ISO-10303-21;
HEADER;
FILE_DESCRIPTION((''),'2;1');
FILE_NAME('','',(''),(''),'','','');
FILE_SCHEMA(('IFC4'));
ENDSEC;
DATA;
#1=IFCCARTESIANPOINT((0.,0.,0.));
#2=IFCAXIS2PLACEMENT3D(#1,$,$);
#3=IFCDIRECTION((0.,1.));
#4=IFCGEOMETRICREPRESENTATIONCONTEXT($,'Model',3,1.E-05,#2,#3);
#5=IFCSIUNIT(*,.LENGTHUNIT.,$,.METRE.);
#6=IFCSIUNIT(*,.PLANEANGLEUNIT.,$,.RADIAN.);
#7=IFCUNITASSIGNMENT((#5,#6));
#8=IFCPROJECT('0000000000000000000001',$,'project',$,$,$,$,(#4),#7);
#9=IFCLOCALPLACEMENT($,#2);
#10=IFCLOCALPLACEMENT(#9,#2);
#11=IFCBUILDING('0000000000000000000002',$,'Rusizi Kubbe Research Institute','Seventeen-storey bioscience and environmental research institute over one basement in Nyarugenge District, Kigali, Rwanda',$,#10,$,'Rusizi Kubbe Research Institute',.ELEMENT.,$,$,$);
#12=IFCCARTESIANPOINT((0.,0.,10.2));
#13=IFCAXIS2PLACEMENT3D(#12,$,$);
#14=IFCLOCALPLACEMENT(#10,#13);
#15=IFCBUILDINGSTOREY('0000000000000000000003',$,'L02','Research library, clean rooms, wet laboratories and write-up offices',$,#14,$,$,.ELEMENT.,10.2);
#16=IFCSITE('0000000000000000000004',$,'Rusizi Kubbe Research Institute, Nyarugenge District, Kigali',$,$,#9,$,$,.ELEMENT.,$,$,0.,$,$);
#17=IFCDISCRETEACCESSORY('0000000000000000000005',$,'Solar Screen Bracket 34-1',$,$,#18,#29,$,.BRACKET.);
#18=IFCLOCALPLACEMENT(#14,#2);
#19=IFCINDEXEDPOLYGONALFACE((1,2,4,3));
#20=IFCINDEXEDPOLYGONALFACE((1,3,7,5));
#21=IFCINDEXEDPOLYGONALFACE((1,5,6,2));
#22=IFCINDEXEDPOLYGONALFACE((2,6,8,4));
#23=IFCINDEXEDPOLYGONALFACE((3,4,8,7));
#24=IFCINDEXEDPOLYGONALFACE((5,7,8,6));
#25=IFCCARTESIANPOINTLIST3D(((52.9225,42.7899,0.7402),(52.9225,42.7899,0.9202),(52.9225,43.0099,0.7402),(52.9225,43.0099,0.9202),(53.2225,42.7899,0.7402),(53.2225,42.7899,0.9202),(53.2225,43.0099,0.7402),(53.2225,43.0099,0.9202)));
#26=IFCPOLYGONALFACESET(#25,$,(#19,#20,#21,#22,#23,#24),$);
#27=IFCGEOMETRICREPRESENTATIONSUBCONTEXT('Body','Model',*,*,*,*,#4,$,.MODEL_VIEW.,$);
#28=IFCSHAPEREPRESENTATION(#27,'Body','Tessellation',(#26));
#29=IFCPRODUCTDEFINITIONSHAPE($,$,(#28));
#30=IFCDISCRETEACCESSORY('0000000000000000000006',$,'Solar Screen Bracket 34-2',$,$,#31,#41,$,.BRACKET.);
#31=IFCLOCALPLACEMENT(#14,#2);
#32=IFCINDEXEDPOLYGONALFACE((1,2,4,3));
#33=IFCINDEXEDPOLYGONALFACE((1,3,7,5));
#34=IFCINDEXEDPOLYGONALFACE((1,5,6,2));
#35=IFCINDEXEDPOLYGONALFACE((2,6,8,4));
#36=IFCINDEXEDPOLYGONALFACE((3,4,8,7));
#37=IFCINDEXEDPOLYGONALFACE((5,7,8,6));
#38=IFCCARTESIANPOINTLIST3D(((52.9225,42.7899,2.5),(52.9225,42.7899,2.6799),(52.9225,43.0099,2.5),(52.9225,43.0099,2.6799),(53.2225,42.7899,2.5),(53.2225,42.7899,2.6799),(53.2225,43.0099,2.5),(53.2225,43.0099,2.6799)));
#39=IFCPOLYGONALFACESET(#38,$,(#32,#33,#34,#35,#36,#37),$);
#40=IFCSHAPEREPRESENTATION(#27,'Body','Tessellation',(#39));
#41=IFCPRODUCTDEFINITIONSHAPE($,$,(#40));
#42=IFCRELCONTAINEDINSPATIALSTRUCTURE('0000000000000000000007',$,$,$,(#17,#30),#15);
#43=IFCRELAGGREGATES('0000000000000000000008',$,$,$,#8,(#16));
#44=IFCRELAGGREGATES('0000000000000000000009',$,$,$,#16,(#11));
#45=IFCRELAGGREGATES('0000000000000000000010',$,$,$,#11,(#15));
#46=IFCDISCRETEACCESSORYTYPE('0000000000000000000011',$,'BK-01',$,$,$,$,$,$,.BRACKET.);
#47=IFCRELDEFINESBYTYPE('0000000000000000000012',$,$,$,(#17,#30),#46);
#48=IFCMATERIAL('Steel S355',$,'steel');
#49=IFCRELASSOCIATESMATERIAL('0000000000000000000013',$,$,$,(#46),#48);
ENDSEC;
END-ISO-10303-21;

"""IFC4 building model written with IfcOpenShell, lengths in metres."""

from ifc_helpers import new_model, si_unit, direction, frame, origin, origin_2d, place, context, subcontext, project, spatial, rectangle, extrude, material, type_object, element, save


model = new_model("IFC4")

# Units and contexts
model_context = context("Model", 3, precision=1e-05, world=origin(), true_north=direction((0.0, 1.0)))
body_context = subcontext(model_context, "Body", "Model", "MODEL_VIEW")
ifc_project = project(units=[si_unit("LENGTHUNIT", "METRE"), si_unit("PLANEANGLEUNIT", "RADIAN")], contexts=[model_context])

# Site, building, storey
site_placement = place(None, origin())
site = spatial("IfcSite", under=ifc_project, at=site_placement, Name="Rusizi Kubbe Research Institute, Nyarugenge District, Kigali", CompositionType="ELEMENT", RefElevation=0.0)
building_placement = place(site_placement, origin())
building = spatial("IfcBuilding", under=site, at=building_placement, Name="Rusizi Kubbe Research Institute", Description="Seventeen-storey bioscience and environmental research institute over one basement in Nyarugenge District, Kigali, Rwanda", LongName="Rusizi Kubbe Research Institute", CompositionType="ELEMENT")
storey_placement = place(building_placement, frame((0.0, 0.0, 10.2)))
storey = spatial("IfcBuildingStorey", under=building, at=storey_placement, Name="L02", Description="Research library, clean rooms, wet laboratories and write-up offices", CompositionType="ELEMENT", Elevation=10.2)

# Discrete accessories
ifc_material_1 = material(Name="Steel S355", Category="steel")
discrete_accessory_type = type_object("IfcDiscreteAccessoryType", Name="BK-01", PredefinedType="BRACKET", material=ifc_material_1)
for number, where, z_axis, x_axis, name in (
    (1, (53.0725, 42.8999, 0.7402), (0.0, 0.0, 1.0), (1.0, 0.0, 0.0), "Solar Screen Bracket 34-1"),
    (2, (53.0725, 42.8999, 2.5), (0.0, 0.0, 1.0), (1.0, 0.0, 0.0), "Solar Screen Bracket 34-2"),
):
    element("IfcDiscreteAccessory", number, at=place(storey_placement, frame(where, z_axis=z_axis, x_axis=x_axis)), inside=storey, type_object=discrete_accessory_type, Name=name, PredefinedType="BRACKET", context=body_context, shape_type="SweptSolid", body=[
        extrude(rectangle(XDim=0.3, YDim=0.22, at=origin_2d()), origin(), (0.0, 0.0, 1.0), 0.1799),
    ])

save(model, "model.ifc")
